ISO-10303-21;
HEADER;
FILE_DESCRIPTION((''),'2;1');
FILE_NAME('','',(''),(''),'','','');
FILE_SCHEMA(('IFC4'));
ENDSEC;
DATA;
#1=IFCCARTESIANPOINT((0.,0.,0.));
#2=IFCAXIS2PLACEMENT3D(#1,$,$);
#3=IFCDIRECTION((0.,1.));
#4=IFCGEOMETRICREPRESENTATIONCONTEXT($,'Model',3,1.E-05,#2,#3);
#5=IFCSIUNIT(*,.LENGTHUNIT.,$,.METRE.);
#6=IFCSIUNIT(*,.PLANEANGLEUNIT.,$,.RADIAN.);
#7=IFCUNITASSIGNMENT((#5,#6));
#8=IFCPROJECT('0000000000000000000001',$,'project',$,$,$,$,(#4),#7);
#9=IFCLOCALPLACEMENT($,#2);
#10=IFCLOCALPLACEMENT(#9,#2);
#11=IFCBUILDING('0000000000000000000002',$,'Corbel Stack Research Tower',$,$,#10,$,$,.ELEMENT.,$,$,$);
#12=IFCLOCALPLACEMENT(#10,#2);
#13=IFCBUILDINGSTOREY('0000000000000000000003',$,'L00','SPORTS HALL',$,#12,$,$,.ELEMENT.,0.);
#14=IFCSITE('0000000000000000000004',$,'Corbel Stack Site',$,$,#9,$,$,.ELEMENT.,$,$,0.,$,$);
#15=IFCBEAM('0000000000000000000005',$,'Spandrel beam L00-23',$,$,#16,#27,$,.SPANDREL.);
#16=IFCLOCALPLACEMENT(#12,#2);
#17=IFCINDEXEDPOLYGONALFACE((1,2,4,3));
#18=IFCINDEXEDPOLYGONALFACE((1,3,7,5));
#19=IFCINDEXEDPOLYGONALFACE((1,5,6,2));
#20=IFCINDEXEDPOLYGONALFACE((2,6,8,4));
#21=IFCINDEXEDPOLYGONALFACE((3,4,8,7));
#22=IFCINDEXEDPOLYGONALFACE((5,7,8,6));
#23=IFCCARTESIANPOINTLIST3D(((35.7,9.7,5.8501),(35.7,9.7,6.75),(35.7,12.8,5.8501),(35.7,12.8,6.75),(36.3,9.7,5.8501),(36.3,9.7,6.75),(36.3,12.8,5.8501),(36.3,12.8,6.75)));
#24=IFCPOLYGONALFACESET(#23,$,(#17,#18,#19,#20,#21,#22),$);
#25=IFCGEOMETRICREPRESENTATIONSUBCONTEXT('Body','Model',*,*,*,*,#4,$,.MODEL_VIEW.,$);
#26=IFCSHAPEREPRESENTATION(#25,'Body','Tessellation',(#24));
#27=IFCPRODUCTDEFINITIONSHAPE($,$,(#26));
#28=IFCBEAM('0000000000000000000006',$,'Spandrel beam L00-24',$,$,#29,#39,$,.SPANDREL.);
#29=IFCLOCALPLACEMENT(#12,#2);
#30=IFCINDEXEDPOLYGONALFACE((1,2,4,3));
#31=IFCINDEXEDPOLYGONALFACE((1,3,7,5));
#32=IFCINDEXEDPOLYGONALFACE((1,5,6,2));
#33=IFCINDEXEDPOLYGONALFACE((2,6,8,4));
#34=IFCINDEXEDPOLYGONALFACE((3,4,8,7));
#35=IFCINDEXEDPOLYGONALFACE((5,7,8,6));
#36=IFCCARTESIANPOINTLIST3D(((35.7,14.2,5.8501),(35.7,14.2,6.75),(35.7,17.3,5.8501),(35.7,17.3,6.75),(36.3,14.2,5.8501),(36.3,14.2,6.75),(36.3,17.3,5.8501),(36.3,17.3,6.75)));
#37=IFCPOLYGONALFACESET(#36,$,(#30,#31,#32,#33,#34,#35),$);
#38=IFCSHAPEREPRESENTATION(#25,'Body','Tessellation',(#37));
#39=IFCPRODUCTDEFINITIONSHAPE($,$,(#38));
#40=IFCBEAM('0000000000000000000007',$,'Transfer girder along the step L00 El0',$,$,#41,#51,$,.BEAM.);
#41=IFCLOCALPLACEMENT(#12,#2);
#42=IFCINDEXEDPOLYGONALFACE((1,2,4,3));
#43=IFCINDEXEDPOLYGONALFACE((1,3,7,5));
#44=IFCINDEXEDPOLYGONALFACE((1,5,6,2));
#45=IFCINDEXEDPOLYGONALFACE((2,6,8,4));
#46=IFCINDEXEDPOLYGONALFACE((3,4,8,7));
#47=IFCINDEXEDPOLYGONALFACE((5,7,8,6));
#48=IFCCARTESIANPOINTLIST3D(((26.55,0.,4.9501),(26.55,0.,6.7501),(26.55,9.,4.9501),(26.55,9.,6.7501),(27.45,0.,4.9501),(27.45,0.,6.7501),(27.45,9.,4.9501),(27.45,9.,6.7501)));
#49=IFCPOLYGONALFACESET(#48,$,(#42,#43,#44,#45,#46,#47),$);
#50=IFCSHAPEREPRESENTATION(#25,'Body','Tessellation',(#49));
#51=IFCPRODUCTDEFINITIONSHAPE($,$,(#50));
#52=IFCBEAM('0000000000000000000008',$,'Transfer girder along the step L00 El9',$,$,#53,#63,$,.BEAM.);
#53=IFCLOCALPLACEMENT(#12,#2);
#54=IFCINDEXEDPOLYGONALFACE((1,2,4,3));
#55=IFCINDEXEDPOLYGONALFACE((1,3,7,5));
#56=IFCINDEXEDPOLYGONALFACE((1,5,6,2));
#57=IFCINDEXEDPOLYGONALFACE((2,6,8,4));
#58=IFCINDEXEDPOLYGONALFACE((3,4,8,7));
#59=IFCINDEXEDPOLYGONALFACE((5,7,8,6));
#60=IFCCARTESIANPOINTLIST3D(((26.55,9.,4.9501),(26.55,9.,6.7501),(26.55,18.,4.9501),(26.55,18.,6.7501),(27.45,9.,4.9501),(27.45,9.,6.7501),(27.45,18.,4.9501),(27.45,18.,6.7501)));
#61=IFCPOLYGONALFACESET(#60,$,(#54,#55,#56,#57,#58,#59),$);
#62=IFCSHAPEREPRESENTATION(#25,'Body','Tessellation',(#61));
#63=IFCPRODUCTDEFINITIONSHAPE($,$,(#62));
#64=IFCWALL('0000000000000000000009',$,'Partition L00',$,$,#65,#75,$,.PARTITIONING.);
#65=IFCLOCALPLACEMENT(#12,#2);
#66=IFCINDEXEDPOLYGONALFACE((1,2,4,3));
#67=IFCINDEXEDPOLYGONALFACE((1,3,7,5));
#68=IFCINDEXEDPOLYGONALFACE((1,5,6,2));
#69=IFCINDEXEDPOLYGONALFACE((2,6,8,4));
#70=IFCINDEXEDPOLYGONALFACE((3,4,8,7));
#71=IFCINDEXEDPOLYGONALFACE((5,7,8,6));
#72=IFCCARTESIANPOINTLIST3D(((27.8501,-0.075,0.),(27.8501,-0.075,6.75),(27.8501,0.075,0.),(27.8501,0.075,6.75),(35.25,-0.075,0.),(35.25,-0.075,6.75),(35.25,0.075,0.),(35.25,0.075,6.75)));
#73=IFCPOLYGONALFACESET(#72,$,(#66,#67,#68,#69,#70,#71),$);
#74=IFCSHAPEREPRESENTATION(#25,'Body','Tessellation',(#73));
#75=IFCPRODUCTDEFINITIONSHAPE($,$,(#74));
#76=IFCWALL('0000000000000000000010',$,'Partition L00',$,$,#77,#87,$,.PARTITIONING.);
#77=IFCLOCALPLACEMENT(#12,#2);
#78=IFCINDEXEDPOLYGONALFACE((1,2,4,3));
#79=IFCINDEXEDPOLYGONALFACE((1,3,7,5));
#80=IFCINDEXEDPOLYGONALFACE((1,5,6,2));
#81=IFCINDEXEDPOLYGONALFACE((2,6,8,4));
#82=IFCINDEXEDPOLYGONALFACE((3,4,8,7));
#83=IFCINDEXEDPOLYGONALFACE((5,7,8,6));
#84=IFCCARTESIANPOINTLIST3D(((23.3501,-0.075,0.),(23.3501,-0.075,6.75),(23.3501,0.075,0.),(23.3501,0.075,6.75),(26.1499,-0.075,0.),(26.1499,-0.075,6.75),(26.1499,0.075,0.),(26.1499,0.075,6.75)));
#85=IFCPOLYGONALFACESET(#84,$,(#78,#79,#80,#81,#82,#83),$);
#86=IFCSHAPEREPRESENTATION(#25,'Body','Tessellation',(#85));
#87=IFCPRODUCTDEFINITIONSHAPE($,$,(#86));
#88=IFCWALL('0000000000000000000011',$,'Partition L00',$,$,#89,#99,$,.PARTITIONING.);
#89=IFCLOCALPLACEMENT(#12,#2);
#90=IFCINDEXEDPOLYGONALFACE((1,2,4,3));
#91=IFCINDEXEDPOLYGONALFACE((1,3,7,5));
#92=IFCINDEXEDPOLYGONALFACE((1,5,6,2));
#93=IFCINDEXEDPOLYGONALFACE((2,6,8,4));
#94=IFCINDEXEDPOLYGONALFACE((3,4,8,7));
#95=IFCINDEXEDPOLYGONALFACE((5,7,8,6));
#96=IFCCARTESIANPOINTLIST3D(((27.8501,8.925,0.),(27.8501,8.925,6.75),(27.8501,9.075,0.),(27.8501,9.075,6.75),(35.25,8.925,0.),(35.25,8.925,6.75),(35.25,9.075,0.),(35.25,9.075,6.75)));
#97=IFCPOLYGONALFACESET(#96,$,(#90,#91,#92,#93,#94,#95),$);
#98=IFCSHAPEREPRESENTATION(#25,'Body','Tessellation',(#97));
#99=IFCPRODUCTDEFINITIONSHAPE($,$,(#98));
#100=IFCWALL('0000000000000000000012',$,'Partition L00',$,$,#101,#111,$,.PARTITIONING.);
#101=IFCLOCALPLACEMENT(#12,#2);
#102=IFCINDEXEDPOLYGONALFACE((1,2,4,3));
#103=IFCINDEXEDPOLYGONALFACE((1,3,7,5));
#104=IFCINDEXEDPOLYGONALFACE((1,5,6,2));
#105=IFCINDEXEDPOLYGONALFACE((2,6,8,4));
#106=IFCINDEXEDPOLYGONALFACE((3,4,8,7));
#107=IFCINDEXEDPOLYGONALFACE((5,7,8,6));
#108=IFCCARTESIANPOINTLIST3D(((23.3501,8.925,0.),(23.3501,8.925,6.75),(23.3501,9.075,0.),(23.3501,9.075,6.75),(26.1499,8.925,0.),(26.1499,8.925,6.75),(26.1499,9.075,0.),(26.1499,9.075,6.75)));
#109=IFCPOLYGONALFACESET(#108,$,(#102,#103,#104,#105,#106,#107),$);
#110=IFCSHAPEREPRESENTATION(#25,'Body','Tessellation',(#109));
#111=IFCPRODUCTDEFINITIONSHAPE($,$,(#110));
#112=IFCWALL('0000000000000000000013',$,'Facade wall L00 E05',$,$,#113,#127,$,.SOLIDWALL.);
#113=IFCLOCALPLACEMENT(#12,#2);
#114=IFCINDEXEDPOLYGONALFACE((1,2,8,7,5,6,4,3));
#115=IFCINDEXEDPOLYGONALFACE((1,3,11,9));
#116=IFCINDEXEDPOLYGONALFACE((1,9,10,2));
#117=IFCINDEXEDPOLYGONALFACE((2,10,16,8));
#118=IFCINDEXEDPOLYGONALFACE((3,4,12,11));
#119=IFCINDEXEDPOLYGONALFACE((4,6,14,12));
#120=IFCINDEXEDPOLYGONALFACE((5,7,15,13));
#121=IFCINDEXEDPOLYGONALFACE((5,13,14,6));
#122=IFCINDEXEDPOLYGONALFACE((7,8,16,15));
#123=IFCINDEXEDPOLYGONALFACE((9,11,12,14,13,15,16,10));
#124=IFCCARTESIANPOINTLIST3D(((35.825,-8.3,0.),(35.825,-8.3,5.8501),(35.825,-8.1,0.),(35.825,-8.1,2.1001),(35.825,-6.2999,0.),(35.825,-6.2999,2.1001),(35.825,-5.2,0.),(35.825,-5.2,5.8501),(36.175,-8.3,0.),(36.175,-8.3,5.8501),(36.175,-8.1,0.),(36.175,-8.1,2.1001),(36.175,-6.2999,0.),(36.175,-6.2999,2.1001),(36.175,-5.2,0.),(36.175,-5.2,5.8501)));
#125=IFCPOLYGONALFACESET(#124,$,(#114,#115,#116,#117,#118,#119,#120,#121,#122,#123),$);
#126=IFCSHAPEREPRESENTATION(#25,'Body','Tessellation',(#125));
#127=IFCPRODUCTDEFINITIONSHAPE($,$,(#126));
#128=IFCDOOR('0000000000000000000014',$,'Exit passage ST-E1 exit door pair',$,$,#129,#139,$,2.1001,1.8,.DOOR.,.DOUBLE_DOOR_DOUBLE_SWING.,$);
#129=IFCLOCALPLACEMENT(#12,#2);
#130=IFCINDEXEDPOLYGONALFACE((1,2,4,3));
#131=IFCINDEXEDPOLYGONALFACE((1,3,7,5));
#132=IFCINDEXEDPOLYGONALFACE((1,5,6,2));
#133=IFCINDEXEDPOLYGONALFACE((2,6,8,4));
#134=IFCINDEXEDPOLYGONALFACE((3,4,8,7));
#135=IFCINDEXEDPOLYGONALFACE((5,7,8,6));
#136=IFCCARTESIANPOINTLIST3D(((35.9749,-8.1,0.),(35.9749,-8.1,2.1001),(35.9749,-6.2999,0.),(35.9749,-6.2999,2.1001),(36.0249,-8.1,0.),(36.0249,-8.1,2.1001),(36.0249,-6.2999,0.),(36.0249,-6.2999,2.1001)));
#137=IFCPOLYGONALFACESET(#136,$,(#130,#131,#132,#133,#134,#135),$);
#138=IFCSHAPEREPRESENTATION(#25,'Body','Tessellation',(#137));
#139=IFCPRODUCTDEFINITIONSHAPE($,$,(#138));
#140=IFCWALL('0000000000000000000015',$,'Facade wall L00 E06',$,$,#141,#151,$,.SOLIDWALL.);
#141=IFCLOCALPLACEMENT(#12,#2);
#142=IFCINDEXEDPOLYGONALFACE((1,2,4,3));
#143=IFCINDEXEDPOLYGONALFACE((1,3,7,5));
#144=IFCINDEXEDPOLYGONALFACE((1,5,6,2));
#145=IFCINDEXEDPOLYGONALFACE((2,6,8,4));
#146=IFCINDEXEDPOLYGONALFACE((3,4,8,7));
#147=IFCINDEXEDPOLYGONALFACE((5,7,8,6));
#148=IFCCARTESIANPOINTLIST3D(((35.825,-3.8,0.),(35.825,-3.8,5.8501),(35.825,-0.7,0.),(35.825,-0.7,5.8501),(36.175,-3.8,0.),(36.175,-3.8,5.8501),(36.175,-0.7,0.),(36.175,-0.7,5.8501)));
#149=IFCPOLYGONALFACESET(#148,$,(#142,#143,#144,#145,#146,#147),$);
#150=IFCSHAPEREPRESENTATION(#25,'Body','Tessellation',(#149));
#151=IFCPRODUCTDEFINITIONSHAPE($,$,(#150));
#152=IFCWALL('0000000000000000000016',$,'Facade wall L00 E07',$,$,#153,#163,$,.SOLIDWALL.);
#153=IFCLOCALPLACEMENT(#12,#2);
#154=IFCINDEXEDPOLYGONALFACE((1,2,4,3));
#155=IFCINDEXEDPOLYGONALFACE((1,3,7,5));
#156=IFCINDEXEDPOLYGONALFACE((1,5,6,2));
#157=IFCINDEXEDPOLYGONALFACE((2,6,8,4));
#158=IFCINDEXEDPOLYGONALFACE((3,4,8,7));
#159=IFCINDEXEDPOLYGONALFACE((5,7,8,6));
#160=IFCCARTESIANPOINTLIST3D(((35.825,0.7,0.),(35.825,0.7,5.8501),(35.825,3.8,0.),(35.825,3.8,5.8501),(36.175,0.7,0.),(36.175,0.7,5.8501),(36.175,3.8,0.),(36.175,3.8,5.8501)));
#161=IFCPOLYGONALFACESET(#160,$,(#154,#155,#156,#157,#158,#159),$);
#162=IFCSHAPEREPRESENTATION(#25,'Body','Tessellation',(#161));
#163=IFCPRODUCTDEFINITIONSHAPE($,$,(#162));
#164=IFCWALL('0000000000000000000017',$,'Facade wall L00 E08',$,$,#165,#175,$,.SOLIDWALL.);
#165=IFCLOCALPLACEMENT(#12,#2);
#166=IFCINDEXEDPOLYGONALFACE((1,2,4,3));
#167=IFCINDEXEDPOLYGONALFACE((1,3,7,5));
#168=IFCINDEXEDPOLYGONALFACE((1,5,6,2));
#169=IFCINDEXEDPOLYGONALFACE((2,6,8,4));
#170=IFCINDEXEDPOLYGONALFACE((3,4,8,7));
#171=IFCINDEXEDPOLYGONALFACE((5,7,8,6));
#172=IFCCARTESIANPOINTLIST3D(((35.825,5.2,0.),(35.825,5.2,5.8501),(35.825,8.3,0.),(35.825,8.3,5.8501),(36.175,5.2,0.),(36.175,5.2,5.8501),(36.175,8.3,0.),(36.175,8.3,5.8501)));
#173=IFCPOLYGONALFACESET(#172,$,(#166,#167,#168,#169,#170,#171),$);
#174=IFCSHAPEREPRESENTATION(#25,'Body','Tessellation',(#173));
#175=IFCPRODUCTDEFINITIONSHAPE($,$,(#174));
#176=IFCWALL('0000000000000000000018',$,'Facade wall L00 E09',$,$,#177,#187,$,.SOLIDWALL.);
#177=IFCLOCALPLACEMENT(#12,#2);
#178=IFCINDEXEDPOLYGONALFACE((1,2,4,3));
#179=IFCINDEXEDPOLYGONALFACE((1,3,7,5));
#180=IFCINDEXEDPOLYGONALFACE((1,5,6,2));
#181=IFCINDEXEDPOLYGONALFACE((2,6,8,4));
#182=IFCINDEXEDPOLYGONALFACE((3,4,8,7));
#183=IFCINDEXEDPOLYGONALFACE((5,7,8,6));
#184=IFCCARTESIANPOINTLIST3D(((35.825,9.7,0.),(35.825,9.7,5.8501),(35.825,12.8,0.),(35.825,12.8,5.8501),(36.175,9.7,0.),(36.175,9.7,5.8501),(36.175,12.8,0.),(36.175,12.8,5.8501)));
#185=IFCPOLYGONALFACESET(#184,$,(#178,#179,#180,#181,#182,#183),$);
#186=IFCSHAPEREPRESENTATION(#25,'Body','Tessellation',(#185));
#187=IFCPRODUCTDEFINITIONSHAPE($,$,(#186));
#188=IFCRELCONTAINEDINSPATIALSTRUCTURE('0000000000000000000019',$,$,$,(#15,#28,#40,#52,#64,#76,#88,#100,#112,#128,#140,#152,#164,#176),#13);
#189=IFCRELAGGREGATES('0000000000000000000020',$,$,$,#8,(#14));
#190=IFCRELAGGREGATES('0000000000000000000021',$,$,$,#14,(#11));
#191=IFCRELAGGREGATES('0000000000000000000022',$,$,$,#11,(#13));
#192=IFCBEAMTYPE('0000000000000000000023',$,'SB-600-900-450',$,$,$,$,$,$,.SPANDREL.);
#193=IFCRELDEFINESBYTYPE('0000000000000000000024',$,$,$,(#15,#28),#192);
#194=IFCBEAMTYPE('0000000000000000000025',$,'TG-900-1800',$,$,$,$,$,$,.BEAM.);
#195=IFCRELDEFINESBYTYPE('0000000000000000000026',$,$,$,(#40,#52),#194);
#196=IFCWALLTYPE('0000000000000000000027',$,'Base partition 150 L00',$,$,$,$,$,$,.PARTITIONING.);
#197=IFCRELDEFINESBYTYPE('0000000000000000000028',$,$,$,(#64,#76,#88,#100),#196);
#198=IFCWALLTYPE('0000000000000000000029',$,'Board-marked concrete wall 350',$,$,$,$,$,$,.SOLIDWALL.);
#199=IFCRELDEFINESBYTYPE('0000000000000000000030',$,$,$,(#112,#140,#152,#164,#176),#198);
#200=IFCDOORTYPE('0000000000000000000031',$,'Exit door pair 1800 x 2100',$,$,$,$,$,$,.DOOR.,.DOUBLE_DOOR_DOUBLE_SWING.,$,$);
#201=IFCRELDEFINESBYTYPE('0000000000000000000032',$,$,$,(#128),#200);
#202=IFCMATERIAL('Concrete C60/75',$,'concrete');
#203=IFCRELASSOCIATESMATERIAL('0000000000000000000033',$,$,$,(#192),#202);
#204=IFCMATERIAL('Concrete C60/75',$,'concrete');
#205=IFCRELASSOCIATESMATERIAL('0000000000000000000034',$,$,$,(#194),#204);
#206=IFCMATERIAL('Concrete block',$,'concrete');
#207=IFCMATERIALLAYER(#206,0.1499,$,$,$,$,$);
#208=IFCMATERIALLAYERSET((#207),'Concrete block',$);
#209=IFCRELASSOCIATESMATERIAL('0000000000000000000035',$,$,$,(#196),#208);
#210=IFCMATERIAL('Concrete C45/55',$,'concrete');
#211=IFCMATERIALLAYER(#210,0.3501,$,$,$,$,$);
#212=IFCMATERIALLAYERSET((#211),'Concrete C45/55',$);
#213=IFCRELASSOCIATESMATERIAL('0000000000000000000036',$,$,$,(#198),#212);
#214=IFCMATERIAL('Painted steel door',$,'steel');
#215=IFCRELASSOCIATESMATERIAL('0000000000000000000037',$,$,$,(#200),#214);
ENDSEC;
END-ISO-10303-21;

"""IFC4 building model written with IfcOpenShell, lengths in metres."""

from ifc_helpers import new_model, si_unit, direction, frame, frame_2d, origin, origin_2d, place, context, subcontext, project, spatial, rectangle, extrude, material, layer, layer_set, material_profile, profile_set, type_object, element, fill, save


model = new_model("IFC4")

# Units and contexts
model_context = context("Model", 3, precision=1e-05, world=origin(), true_north=direction((0.0, 1.0)))
body_context = subcontext(model_context, "Body", "Model", "MODEL_VIEW")
ifc_project = project(units=[si_unit("LENGTHUNIT", "METRE"), si_unit("PLANEANGLEUNIT", "RADIAN")], contexts=[model_context])

# Site, building, storey
site_placement = place(None, origin())
site = spatial("IfcSite", under=ifc_project, at=site_placement, Name="Corbel Stack Site", CompositionType="ELEMENT", RefElevation=0.0)
building_placement = place(site_placement, origin())
building = spatial("IfcBuilding", under=site, at=building_placement, Name="Corbel Stack Research Tower", CompositionType="ELEMENT")
storey_placement = place(building_placement, origin())
storey = spatial("IfcBuildingStorey", under=building, at=storey_placement, Name="L00", Description="SPORTS HALL", CompositionType="ELEMENT", Elevation=0.0)

# Beams
ifc_material_1 = material(Name="Concrete C60/75", Category="concrete")
ifc_material_profile_1 = material_profile(ifc_material_1, rectangle(XDim=0.6001, YDim=0.8999, at=origin_2d()), Name="RC 600 x 900")
ifc_profile_set_1 = profile_set([ifc_material_profile_1], Name="Concrete C60/75")
beam_type_1 = type_object("IfcBeamType", Name="SB-600-900-450", PredefinedType="SPANDREL", material=ifc_profile_set_1)
for number, where, z_axis, x_axis, name in (
    (1, (36.0, 9.7, 6.3), (0.0, 1.0, 0.0), (-1.0, 0.0, 0.0), "Spandrel beam L00-23"),
    (2, (36.0, 14.2, 6.3), (0.0, 1.0, 0.0), (-1.0, 0.0, 0.0), "Spandrel beam L00-24"),
):
    element("IfcBeam", number, at=place(storey_placement, frame(where, z_axis=z_axis, x_axis=x_axis)), inside=storey, type_object=beam_type_1, Name=name, PredefinedType="SPANDREL", context=body_context, shape_type="SweptSolid", body=[
        extrude(rectangle(XDim=0.6001, YDim=0.8999, at=origin_2d()), origin(), (0.0, 0.0, 1.0), 3.1001),
    ])
ifc_material_2 = material(Name="Concrete C60/75", Category="concrete")
ifc_material_profile_2 = material_profile(ifc_material_2, rectangle(XDim=0.8999, YDim=1.8, at=origin_2d()), Name="RC 900 x 1800")
ifc_profile_set_2 = profile_set([ifc_material_profile_2], Name="Concrete C60/75")
beam_type_2 = type_object("IfcBeamType", Name="TG-900-1800", PredefinedType="BEAM", material=ifc_profile_set_2)
for number, where, z_axis, x_axis, name in (
    (3, (27.0, 0.0, 5.8501), (0.0, 1.0, 0.0), (-1.0, 0.0, 0.0), "Transfer girder along the step L00 El0"),
    (4, (27.0, 9.0, 5.8501), (0.0, 1.0, 0.0), (-1.0, 0.0, 0.0), "Transfer girder along the step L00 El9"),
):
    element("IfcBeam", number, at=place(storey_placement, frame(where, z_axis=z_axis, x_axis=x_axis)), inside=storey, type_object=beam_type_2, Name=name, PredefinedType="BEAM", context=body_context, shape_type="SweptSolid", body=[
        extrude(rectangle(XDim=0.8999, YDim=1.8, at=origin_2d()), origin(), (0.0, 0.0, 1.0), 9.0),
    ])

# Walls
ifc_material_3 = material(Name="Concrete block", Category="concrete")
ifc_layer_1 = layer(ifc_material_3, 0.1499)
ifc_layer_set_1 = layer_set([ifc_layer_1], Name="Concrete block")
wall_type_1 = type_object("IfcWallType", Name="Base partition 150 L00", PredefinedType="PARTITIONING", material=ifc_layer_set_1)
wall_1_placement = place(storey_placement, frame((27.8501, 0.0, 0.0), z_axis=(0.0, 0.0, 1.0), x_axis=(1.0, 0.0, 0.0)))
element("IfcWall", 5, at=wall_1_placement, inside=storey, type_object=wall_type_1, Name="Partition L00", PredefinedType="PARTITIONING", context=body_context, shape_type="SweptSolid", body=[
    extrude(rectangle(XDim=7.3999, YDim=0.1499, at=frame_2d((3.7, 0.0))), origin(), (0.0, 0.0, 1.0), 6.75),
])
wall_2_placement = place(storey_placement, frame((23.3501, 0.0, 0.0), z_axis=(0.0, 0.0, 1.0), x_axis=(1.0, 0.0, 0.0)))
element("IfcWall", 6, at=wall_2_placement, inside=storey, type_object=wall_type_1, Name="Partition L00", PredefinedType="PARTITIONING", context=body_context, shape_type="SweptSolid", body=[
    extrude(rectangle(XDim=2.7998, YDim=0.1499, at=frame_2d((1.3999, 0.0))), origin(), (0.0, 0.0, 1.0), 6.75),
])
wall_3_placement = place(storey_placement, frame((27.8501, 9.0, 0.0), z_axis=(0.0, 0.0, 1.0), x_axis=(1.0, 0.0, 0.0)))
element("IfcWall", 7, at=wall_3_placement, inside=storey, type_object=wall_type_1, Name="Partition L00", PredefinedType="PARTITIONING", context=body_context, shape_type="SweptSolid", body=[
    extrude(rectangle(XDim=7.3999, YDim=0.1499, at=frame_2d((3.7, 0.0))), origin(), (0.0, 0.0, 1.0), 6.75),
])
wall_4_placement = place(storey_placement, frame((23.3501, 9.0, 0.0), z_axis=(0.0, 0.0, 1.0), x_axis=(1.0, 0.0, 0.0)))
element("IfcWall", 8, at=wall_4_placement, inside=storey, type_object=wall_type_1, Name="Partition L00", PredefinedType="PARTITIONING", context=body_context, shape_type="SweptSolid", body=[
    extrude(rectangle(XDim=2.7998, YDim=0.1499, at=frame_2d((1.3999, 0.0))), origin(), (0.0, 0.0, 1.0), 6.75),
])

# Wall, opening, door
ifc_material_4 = material(Name="Concrete C45/55", Category="concrete")
ifc_layer_2 = layer(ifc_material_4, 0.3501)
ifc_layer_set_2 = layer_set([ifc_layer_2], Name="Concrete C45/55")
wall_type_2 = type_object("IfcWallType", Name="Board-marked concrete wall 350", PredefinedType="SOLIDWALL", material=ifc_layer_set_2)
wall_5_placement = place(storey_placement, frame((36.0, -5.2, 0.0), z_axis=(0.0, 0.0, 1.0), x_axis=(0.0, -1.0, 0.0)))
wall_5 = element("IfcWall", 9, at=wall_5_placement, inside=storey, type_object=wall_type_2, Name="Facade wall L00 E05", PredefinedType="SOLIDWALL", context=body_context, shape_type="SweptSolid", body=[
    extrude(rectangle(XDim=3.1001, YDim=0.3501, at=frame_2d((1.55, 0.0))), origin(), (0.0, 0.0, 1.0), 5.8501),
])
opening_placement = place(wall_5_placement, frame((1.1001, 0.0, 0.0)))
opening = element("IfcOpeningElement", 10, at=opening_placement, cuts=wall_5, PredefinedType="OPENING", context=body_context, shape_type="SweptSolid", body=[
    extrude(rectangle(XDim=1.8, YDim=2.1001, at=frame_2d((0.8999, 1.05))), frame((0.0, 0.1851, 0.0), z_axis=(0.0, -1.0, 0.0), x_axis=(1.0, 0.0, 0.0)), (0.0, 0.0, 1.0), 0.3701),
])
ifc_material_5 = material(Name="Painted steel door", Category="steel")
door_type = type_object("IfcDoorType", Name="Exit door pair 1800 x 2100", OperationType="DOUBLE_DOOR_DOUBLE_SWING", PredefinedType="DOOR", material=ifc_material_5)
door_placement = place(opening_placement, origin())
door = element("IfcDoor", 11, at=door_placement, inside=storey, type_object=door_type, Name="Exit passage ST-E1 exit door pair", OperationType="DOUBLE_DOOR_DOUBLE_SWING", OverallHeight=2.1001, OverallWidth=1.8, PredefinedType="DOOR", context=body_context, shape_type="SweptSolid", body=[
    extrude(rectangle(XDim=1.8, YDim=2.1001, at=frame_2d((0.8999, 1.05))), frame((0.0, 0.0249, 0.0), z_axis=(0.0, -1.0, 0.0), x_axis=(1.0, 0.0, 0.0)), (0.0, 0.0, 1.0), 0.05),
])
fill(opening, door)

# Walls
for number, where, z_axis, x_axis, name in (
    (12, (36.0, -0.7, 0.0), (0.0, 0.0, 1.0), (0.0, -1.0, 0.0), "Facade wall L00 E06"),
    (13, (36.0, 3.8, 0.0), (0.0, 0.0, 1.0), (0.0, -1.0, 0.0), "Facade wall L00 E07"),
    (14, (36.0, 8.3, 0.0), (0.0, 0.0, 1.0), (0.0, -1.0, 0.0), "Facade wall L00 E08"),
    (15, (36.0, 12.8, 0.0), (0.0, 0.0, 1.0), (0.0, -1.0, 0.0), "Facade wall L00 E09"),
):
    element("IfcWall", number, at=place(storey_placement, frame(where, z_axis=z_axis, x_axis=x_axis)), inside=storey, type_object=wall_type_2, Name=name, PredefinedType="SOLIDWALL", context=body_context, shape_type="SweptSolid", body=[
        extrude(rectangle(XDim=3.1001, YDim=0.3501, at=frame_2d((1.55, 0.0))), origin(), (0.0, 0.0, 1.0), 5.8501),
    ])

save(model, "model.ifc")
